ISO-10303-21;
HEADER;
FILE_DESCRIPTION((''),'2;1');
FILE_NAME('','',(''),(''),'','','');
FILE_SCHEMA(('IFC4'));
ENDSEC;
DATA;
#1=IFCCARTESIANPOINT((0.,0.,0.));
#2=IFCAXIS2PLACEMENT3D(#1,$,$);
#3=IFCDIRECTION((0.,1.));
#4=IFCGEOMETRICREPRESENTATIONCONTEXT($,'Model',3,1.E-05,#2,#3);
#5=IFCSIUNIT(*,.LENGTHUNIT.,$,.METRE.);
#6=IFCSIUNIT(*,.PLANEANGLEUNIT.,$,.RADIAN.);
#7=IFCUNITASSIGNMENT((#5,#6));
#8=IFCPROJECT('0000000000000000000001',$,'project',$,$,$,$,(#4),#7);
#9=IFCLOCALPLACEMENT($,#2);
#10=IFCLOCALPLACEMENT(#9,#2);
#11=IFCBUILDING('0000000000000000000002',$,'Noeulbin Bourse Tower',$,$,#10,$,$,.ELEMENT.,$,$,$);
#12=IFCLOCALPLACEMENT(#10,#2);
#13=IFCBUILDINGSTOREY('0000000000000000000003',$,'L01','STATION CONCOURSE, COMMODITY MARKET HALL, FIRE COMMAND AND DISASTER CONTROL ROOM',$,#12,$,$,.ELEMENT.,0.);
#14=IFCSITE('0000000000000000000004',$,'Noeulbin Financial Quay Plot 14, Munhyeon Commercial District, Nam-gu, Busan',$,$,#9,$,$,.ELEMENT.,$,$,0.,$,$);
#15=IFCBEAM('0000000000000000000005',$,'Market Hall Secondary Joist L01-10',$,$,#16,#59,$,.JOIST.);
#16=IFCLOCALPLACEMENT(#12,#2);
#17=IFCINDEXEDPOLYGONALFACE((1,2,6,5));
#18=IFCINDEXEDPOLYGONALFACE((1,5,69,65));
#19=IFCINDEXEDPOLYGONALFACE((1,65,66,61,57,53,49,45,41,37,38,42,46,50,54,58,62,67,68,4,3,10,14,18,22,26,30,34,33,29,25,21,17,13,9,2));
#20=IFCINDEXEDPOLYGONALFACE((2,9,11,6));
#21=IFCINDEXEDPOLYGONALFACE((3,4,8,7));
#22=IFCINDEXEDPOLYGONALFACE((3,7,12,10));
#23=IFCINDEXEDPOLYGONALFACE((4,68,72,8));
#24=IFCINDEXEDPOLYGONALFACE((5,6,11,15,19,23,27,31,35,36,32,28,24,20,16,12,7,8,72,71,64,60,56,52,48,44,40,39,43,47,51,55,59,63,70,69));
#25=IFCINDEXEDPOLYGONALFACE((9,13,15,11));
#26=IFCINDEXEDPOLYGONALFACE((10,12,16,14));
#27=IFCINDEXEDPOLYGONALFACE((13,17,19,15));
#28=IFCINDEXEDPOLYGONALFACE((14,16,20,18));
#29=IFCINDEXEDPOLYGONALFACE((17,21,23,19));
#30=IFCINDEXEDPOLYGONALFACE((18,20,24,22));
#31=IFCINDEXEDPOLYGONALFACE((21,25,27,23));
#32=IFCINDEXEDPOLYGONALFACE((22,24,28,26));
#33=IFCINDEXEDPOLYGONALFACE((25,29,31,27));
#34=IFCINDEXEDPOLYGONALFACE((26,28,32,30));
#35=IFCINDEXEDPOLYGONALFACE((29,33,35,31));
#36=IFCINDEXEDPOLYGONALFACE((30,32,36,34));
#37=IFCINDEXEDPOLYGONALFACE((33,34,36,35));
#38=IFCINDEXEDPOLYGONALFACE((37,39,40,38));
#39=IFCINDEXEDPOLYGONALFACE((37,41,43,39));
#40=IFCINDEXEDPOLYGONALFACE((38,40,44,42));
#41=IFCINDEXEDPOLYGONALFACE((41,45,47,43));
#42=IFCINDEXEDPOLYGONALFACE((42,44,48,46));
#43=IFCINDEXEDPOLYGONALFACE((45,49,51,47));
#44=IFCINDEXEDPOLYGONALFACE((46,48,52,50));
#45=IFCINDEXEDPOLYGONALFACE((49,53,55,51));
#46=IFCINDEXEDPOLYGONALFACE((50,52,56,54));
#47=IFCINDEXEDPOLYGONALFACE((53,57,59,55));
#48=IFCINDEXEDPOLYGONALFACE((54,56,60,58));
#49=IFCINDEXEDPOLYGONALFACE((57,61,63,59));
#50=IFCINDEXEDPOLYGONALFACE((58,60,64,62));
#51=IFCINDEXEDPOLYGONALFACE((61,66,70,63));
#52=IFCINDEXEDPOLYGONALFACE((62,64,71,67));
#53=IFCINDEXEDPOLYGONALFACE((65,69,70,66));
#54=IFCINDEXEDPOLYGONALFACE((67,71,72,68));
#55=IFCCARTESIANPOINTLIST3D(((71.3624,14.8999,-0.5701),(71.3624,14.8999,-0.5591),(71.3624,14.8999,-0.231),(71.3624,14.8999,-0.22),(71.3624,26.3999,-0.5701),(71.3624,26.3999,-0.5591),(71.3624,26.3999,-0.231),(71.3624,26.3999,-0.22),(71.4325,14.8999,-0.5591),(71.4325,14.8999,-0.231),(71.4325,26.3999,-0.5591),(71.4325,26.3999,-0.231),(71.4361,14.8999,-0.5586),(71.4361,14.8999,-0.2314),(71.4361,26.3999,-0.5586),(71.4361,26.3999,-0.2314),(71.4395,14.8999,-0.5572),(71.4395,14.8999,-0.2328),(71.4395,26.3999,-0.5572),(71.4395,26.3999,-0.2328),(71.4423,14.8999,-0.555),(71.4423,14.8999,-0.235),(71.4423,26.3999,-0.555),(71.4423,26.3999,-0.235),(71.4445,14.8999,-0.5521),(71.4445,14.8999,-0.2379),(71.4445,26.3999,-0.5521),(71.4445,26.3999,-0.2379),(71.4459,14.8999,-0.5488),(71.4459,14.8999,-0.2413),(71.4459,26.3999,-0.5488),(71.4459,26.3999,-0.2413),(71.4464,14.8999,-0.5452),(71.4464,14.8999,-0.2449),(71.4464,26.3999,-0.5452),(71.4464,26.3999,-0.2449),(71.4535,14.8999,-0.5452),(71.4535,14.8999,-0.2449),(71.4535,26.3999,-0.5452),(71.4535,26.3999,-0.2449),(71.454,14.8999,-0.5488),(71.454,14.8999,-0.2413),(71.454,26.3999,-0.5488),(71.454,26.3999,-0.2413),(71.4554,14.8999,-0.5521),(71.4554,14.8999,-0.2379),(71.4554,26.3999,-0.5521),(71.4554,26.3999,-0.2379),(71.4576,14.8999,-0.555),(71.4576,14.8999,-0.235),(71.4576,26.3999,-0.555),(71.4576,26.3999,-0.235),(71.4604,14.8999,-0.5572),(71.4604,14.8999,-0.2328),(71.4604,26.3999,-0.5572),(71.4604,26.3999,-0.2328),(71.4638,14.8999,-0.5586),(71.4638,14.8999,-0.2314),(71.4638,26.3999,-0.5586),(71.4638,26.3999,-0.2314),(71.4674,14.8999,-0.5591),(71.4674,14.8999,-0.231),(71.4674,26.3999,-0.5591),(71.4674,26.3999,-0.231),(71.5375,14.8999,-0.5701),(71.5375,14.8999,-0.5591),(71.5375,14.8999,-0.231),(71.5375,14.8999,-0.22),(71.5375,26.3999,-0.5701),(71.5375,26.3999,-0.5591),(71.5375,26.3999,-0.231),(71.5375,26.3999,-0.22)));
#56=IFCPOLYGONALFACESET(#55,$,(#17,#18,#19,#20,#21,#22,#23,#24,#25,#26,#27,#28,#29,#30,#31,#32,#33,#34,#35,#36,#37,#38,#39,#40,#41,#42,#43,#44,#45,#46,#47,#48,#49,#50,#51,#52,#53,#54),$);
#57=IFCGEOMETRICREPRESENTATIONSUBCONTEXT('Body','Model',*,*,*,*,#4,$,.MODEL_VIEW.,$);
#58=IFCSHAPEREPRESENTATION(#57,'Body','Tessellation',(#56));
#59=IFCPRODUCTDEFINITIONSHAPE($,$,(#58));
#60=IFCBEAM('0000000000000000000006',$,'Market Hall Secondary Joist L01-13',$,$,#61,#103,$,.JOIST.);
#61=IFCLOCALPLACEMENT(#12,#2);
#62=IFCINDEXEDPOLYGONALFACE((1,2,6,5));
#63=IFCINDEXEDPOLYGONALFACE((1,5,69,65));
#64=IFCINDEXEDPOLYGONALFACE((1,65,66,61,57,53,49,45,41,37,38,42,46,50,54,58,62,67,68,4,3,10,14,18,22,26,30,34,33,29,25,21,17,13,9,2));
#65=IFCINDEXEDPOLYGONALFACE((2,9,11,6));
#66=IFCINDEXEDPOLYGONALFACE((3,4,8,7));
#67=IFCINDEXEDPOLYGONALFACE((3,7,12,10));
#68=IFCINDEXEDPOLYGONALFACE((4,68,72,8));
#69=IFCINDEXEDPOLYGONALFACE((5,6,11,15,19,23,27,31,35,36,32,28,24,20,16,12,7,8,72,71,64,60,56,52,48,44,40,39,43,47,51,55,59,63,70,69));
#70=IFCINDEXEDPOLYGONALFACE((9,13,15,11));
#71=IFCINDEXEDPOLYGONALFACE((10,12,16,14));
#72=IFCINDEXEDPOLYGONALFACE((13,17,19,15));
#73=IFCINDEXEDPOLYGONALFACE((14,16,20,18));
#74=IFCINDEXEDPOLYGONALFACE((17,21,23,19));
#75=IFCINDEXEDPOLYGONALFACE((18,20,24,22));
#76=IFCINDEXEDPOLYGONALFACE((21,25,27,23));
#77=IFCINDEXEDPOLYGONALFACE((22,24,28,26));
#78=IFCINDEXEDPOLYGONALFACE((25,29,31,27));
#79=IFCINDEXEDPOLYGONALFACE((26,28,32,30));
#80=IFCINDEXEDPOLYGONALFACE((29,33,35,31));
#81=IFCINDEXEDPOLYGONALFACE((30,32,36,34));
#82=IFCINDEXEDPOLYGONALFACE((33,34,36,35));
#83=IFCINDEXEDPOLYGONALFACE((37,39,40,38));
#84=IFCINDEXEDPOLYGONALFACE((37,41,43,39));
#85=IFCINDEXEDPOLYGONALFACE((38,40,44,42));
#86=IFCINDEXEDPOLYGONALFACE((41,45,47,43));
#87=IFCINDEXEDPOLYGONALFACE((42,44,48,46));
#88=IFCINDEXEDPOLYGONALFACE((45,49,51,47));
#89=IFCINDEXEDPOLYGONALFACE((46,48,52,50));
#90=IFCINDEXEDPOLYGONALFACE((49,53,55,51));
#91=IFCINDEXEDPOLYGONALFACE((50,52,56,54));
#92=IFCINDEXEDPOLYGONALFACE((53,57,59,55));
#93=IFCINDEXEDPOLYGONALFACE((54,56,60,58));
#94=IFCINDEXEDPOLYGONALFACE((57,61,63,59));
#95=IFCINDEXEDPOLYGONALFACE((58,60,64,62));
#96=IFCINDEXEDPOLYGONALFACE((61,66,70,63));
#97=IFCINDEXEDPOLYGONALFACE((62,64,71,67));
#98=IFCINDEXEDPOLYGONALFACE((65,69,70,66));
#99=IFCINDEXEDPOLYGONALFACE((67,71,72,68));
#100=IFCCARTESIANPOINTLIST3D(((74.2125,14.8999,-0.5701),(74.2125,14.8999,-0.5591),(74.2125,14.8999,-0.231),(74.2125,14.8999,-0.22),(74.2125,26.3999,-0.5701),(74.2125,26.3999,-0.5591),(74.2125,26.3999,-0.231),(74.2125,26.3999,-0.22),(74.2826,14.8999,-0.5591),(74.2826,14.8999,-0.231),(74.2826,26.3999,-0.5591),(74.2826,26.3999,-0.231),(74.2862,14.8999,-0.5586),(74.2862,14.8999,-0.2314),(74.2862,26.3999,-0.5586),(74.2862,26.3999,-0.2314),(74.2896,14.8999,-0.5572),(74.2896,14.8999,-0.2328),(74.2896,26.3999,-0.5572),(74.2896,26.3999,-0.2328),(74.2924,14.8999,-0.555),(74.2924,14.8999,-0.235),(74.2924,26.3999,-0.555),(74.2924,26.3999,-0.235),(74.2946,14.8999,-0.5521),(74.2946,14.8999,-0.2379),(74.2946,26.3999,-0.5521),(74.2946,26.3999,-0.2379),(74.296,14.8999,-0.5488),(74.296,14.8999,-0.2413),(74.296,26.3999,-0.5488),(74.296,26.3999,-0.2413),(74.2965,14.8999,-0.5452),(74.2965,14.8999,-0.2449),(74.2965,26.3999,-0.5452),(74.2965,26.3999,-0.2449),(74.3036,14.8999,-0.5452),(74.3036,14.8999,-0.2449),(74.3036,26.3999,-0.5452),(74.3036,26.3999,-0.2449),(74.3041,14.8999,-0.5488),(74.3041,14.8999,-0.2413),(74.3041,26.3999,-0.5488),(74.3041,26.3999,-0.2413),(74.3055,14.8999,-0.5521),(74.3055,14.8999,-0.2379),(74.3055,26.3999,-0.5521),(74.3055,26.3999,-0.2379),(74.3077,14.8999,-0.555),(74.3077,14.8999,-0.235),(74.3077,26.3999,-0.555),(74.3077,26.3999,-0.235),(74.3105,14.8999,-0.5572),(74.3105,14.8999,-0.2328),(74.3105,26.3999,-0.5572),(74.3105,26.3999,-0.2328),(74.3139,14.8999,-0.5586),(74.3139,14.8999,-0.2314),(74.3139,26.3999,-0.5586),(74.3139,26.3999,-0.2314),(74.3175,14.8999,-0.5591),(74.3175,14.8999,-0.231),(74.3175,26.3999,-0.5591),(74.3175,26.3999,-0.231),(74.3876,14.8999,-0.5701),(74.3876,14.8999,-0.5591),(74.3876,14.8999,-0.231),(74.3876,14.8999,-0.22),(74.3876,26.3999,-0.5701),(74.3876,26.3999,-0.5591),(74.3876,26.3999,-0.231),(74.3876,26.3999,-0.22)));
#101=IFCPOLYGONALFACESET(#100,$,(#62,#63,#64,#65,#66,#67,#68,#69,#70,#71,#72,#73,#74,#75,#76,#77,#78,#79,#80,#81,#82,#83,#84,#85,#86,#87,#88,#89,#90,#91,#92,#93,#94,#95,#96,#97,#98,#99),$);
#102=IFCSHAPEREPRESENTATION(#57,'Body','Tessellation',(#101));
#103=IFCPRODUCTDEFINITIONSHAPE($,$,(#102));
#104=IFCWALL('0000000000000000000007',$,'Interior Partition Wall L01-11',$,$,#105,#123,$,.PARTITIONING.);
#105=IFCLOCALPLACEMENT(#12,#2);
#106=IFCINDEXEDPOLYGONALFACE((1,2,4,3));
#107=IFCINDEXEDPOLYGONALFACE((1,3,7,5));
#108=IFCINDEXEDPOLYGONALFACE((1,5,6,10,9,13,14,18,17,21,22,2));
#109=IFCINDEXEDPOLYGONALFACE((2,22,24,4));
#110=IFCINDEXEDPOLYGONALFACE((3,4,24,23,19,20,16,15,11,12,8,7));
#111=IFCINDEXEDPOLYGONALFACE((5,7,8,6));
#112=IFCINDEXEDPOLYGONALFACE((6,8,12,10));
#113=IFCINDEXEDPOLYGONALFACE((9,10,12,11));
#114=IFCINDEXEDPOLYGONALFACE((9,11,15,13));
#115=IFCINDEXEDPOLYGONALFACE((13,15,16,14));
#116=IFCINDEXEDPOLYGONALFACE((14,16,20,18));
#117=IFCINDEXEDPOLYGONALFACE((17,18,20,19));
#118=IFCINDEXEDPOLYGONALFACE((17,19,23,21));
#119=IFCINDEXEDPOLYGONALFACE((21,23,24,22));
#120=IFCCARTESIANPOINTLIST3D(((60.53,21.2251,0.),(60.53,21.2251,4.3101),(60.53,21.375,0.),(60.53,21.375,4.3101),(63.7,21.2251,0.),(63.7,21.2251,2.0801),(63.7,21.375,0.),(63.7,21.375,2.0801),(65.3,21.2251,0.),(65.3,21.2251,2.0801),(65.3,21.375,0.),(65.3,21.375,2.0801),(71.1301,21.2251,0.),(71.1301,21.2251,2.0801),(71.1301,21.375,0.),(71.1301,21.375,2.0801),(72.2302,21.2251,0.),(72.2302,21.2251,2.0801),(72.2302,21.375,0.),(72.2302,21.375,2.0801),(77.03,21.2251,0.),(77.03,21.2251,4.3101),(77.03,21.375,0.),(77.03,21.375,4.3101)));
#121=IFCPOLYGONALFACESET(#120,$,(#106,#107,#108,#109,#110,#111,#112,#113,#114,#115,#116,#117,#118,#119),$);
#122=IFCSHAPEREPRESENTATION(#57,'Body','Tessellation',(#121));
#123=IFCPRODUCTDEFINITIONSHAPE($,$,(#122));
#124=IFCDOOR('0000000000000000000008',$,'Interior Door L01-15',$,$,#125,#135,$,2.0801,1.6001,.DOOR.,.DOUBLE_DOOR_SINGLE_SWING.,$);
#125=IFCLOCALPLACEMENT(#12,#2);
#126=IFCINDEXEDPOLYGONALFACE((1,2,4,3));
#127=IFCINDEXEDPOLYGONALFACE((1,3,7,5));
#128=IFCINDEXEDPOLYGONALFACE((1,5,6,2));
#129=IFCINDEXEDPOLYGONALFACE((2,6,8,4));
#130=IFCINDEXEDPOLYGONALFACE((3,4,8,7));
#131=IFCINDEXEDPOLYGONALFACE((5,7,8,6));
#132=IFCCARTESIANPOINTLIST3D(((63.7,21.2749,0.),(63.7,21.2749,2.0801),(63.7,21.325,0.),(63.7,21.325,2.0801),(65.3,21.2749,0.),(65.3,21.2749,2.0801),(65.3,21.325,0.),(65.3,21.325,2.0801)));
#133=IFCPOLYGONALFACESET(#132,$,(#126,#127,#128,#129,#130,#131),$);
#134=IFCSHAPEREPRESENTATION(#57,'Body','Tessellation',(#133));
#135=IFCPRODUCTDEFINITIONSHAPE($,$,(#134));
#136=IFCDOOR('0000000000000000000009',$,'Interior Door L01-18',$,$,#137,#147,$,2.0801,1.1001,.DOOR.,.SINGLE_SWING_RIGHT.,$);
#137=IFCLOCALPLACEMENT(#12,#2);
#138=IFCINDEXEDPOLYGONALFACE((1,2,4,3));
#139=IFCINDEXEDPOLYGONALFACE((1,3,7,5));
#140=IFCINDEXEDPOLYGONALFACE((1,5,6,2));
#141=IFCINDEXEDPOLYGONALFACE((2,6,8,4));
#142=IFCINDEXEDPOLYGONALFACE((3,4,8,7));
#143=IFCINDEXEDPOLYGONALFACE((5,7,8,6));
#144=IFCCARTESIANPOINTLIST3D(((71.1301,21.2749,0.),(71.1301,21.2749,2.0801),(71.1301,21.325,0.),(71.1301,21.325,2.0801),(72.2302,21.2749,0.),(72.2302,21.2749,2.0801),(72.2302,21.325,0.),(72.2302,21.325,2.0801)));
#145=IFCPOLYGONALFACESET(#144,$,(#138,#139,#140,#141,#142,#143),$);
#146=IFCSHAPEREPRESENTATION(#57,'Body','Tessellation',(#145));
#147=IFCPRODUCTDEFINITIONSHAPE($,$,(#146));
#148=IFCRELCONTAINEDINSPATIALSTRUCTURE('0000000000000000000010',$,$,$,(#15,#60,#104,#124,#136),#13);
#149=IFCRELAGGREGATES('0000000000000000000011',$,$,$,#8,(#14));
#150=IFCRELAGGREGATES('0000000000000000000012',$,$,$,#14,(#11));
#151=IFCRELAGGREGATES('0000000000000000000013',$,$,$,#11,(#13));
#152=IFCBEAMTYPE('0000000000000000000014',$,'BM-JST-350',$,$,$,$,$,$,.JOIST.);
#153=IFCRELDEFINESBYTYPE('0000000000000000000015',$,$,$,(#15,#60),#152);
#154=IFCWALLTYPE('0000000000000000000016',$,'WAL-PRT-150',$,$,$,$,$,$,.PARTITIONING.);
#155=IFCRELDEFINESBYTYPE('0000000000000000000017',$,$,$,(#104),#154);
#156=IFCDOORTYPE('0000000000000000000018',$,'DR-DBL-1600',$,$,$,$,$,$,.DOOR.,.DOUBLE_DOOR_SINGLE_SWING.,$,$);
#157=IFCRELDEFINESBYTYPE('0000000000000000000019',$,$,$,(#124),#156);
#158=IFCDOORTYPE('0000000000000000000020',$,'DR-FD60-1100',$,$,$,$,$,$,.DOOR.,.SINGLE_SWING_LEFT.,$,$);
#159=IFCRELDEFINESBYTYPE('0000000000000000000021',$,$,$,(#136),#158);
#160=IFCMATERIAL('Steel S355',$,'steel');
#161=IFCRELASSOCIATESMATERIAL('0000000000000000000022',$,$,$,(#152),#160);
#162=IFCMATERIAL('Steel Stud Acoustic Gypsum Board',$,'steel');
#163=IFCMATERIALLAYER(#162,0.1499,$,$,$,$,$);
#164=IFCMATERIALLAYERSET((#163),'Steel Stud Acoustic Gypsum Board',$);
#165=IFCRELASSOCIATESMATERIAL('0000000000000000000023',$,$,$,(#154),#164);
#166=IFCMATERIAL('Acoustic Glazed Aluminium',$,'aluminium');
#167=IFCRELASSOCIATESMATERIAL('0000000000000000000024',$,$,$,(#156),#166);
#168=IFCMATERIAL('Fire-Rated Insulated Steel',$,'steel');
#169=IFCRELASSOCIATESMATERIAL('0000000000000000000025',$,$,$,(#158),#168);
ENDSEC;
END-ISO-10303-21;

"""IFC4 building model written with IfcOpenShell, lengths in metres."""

from ifc_helpers import new_model, si_unit, direction, frame, frame_2d, origin, origin_2d, place, context, subcontext, project, spatial, rectangle, i_section, extrude, material, layer, layer_set, material_profile, profile_set, type_object, element, fill, save


model = new_model("IFC4")

# Units and contexts
model_context = context("Model", 3, precision=1e-05, world=origin(), true_north=direction((0.0, 1.0)))
body_context = subcontext(model_context, "Body", "Model", "MODEL_VIEW")
ifc_project = project(units=[si_unit("LENGTHUNIT", "METRE"), si_unit("PLANEANGLEUNIT", "RADIAN")], contexts=[model_context])

# Site, building, storey
site_placement = place(None, origin())
site = spatial("IfcSite", under=ifc_project, at=site_placement, Name="Noeulbin Financial Quay Plot 14, Munhyeon Commercial District, Nam-gu, Busan", CompositionType="ELEMENT", RefElevation=0.0)
building_placement = place(site_placement, origin())
building = spatial("IfcBuilding", under=site, at=building_placement, Name="Noeulbin Bourse Tower", CompositionType="ELEMENT")
storey_placement = place(building_placement, origin())
storey = spatial("IfcBuildingStorey", under=building, at=storey_placement, Name="L01", Description="STATION CONCOURSE, COMMODITY MARKET HALL, FIRE COMMAND AND DISASTER CONTROL ROOM", CompositionType="ELEMENT", Elevation=0.0)

# Shared definitions
ifc_material_1 = material(Name="Steel S355", Category="steel")

# Beams
ifc_material_profile_1 = material_profile(ifc_material_1, i_section(OverallWidth=0.175, OverallDepth=0.3501, WebThickness=0.0071, FlangeThickness=0.011, FilletRadius=0.0139, at=origin_2d()), Name="H-350x175x7x11", Category="LoadBearing")
ifc_profile_set_1 = profile_set([ifc_material_profile_1], Name="Steel S355")
beam_type_1 = type_object("IfcBeamType", Name="BM-JST-350", PredefinedType="JOIST", material=ifc_profile_set_1)
for number, where, z_axis, x_axis, name in (
    (1, (71.45, 14.8999, -0.395), (0.0, 1.0, 0.0), (-1.0, 0.0, 0.0), "Market Hall Secondary Joist L01-10"),
    (2, (74.3, 14.8999, -0.395), (0.0, 1.0, 0.0), (-1.0, 0.0, 0.0), "Market Hall Secondary Joist L01-13"),
):
    element("IfcBeam", number, at=place(storey_placement, frame(where, z_axis=z_axis, x_axis=x_axis)), inside=storey, type_object=beam_type_1, Name=name, PredefinedType="JOIST", context=body_context, shape_type="SweptSolid", body=[
        extrude(i_section(OverallWidth=0.175, OverallDepth=0.3501, WebThickness=0.0071, FlangeThickness=0.011, FilletRadius=0.0139, at=origin_2d()), origin(), (0.0, 0.0, 1.0), 11.5),
    ])

# Wall, openings, doors
ifc_material_2 = material(Name="Steel Stud Acoustic Gypsum Board", Category="steel")
ifc_layer = layer(ifc_material_2, 0.1499)
ifc_layer_set = layer_set([ifc_layer], Name="Steel Stud Acoustic Gypsum Board")
wall_type = type_object("IfcWallType", Name="WAL-PRT-150", PredefinedType="PARTITIONING", material=ifc_layer_set)
wall_1_placement = place(storey_placement, frame((60.53, 21.3, 0.0), z_axis=(0.0, 0.0, 1.0), x_axis=(1.0, 0.0, 0.0)))
wall_1 = element("IfcWall", 3, at=wall_1_placement, inside=storey, type_object=wall_type, Name="Interior Partition Wall L01-11", PredefinedType="PARTITIONING", context=body_context, shape_type="SweptSolid", body=[
    extrude(rectangle(XDim=16.5, YDim=0.1499, at=frame_2d((8.25, 0.0))), origin(), (0.0, 0.0, 1.0), 4.3101),
])
opening_1_placement = place(wall_1_placement, frame((3.1699, 0.0, 0.0)))
opening_1 = element("IfcOpeningElement", 4, at=opening_1_placement, cuts=wall_1, PredefinedType="OPENING", context=body_context, shape_type="SweptSolid", body=[
    extrude(rectangle(XDim=1.6001, YDim=2.0801, at=frame_2d((0.8, 1.04))), frame((0.0, 0.085, 0.0), z_axis=(0.0, -1.0, 0.0), x_axis=(1.0, 0.0, 0.0)), (0.0, 0.0, 1.0), 0.1699),
])
opening_2_placement = place(wall_1_placement, frame((10.6001, 0.0, 0.0)))
opening_2 = element("IfcOpeningElement", 5, at=opening_2_placement, cuts=wall_1, PredefinedType="OPENING", context=body_context, shape_type="SweptSolid", body=[
    extrude(rectangle(XDim=1.1001, YDim=2.0801, at=frame_2d((0.55, 1.04))), frame((0.0, 0.085, 0.0), z_axis=(0.0, -1.0, 0.0), x_axis=(1.0, 0.0, 0.0)), (0.0, 0.0, 1.0), 0.1699),
])
ifc_material_3 = material(Name="Acoustic Glazed Aluminium", Category="aluminium")
door_type_1 = type_object("IfcDoorType", Name="DR-DBL-1600", OperationType="DOUBLE_DOOR_SINGLE_SWING", PredefinedType="DOOR", material=ifc_material_3)
door_1_placement = place(opening_1_placement, origin())
door_1 = element("IfcDoor", 6, at=door_1_placement, inside=storey, type_object=door_type_1, Name="Interior Door L01-15", OperationType="DOUBLE_DOOR_SINGLE_SWING", OverallHeight=2.0801, OverallWidth=1.6001, PredefinedType="DOOR", context=body_context, shape_type="SweptSolid", body=[
    extrude(rectangle(XDim=1.6001, YDim=2.0801, at=frame_2d((0.8, 1.04))), frame((0.0, 0.0249, 0.0), z_axis=(0.0, -1.0, 0.0), x_axis=(1.0, 0.0, 0.0)), (0.0, 0.0, 1.0), 0.05),
])
fill(opening_1, door_1)
ifc_material_4 = material(Name="Fire-Rated Insulated Steel", Category="steel")
door_type_2 = type_object("IfcDoorType", Name="DR-FD60-1100", OperationType="SINGLE_SWING_LEFT", PredefinedType="DOOR", material=ifc_material_4)
door_2_placement = place(opening_2_placement, origin())
door_2 = element("IfcDoor", 7, at=door_2_placement, inside=storey, type_object=door_type_2, Name="Interior Door L01-18", OperationType="SINGLE_SWING_RIGHT", OverallHeight=2.0801, OverallWidth=1.1001, PredefinedType="DOOR", context=body_context, shape_type="SweptSolid", body=[
    extrude(rectangle(XDim=1.1001, YDim=2.0801, at=frame_2d((0.55, 1.04))), frame((0.0, 0.0249, 0.0), z_axis=(0.0, -1.0, 0.0), x_axis=(1.0, 0.0, 0.0)), (0.0, 0.0, 1.0), 0.05),
])
fill(opening_2, door_2)

save(model, "model.ifc")
